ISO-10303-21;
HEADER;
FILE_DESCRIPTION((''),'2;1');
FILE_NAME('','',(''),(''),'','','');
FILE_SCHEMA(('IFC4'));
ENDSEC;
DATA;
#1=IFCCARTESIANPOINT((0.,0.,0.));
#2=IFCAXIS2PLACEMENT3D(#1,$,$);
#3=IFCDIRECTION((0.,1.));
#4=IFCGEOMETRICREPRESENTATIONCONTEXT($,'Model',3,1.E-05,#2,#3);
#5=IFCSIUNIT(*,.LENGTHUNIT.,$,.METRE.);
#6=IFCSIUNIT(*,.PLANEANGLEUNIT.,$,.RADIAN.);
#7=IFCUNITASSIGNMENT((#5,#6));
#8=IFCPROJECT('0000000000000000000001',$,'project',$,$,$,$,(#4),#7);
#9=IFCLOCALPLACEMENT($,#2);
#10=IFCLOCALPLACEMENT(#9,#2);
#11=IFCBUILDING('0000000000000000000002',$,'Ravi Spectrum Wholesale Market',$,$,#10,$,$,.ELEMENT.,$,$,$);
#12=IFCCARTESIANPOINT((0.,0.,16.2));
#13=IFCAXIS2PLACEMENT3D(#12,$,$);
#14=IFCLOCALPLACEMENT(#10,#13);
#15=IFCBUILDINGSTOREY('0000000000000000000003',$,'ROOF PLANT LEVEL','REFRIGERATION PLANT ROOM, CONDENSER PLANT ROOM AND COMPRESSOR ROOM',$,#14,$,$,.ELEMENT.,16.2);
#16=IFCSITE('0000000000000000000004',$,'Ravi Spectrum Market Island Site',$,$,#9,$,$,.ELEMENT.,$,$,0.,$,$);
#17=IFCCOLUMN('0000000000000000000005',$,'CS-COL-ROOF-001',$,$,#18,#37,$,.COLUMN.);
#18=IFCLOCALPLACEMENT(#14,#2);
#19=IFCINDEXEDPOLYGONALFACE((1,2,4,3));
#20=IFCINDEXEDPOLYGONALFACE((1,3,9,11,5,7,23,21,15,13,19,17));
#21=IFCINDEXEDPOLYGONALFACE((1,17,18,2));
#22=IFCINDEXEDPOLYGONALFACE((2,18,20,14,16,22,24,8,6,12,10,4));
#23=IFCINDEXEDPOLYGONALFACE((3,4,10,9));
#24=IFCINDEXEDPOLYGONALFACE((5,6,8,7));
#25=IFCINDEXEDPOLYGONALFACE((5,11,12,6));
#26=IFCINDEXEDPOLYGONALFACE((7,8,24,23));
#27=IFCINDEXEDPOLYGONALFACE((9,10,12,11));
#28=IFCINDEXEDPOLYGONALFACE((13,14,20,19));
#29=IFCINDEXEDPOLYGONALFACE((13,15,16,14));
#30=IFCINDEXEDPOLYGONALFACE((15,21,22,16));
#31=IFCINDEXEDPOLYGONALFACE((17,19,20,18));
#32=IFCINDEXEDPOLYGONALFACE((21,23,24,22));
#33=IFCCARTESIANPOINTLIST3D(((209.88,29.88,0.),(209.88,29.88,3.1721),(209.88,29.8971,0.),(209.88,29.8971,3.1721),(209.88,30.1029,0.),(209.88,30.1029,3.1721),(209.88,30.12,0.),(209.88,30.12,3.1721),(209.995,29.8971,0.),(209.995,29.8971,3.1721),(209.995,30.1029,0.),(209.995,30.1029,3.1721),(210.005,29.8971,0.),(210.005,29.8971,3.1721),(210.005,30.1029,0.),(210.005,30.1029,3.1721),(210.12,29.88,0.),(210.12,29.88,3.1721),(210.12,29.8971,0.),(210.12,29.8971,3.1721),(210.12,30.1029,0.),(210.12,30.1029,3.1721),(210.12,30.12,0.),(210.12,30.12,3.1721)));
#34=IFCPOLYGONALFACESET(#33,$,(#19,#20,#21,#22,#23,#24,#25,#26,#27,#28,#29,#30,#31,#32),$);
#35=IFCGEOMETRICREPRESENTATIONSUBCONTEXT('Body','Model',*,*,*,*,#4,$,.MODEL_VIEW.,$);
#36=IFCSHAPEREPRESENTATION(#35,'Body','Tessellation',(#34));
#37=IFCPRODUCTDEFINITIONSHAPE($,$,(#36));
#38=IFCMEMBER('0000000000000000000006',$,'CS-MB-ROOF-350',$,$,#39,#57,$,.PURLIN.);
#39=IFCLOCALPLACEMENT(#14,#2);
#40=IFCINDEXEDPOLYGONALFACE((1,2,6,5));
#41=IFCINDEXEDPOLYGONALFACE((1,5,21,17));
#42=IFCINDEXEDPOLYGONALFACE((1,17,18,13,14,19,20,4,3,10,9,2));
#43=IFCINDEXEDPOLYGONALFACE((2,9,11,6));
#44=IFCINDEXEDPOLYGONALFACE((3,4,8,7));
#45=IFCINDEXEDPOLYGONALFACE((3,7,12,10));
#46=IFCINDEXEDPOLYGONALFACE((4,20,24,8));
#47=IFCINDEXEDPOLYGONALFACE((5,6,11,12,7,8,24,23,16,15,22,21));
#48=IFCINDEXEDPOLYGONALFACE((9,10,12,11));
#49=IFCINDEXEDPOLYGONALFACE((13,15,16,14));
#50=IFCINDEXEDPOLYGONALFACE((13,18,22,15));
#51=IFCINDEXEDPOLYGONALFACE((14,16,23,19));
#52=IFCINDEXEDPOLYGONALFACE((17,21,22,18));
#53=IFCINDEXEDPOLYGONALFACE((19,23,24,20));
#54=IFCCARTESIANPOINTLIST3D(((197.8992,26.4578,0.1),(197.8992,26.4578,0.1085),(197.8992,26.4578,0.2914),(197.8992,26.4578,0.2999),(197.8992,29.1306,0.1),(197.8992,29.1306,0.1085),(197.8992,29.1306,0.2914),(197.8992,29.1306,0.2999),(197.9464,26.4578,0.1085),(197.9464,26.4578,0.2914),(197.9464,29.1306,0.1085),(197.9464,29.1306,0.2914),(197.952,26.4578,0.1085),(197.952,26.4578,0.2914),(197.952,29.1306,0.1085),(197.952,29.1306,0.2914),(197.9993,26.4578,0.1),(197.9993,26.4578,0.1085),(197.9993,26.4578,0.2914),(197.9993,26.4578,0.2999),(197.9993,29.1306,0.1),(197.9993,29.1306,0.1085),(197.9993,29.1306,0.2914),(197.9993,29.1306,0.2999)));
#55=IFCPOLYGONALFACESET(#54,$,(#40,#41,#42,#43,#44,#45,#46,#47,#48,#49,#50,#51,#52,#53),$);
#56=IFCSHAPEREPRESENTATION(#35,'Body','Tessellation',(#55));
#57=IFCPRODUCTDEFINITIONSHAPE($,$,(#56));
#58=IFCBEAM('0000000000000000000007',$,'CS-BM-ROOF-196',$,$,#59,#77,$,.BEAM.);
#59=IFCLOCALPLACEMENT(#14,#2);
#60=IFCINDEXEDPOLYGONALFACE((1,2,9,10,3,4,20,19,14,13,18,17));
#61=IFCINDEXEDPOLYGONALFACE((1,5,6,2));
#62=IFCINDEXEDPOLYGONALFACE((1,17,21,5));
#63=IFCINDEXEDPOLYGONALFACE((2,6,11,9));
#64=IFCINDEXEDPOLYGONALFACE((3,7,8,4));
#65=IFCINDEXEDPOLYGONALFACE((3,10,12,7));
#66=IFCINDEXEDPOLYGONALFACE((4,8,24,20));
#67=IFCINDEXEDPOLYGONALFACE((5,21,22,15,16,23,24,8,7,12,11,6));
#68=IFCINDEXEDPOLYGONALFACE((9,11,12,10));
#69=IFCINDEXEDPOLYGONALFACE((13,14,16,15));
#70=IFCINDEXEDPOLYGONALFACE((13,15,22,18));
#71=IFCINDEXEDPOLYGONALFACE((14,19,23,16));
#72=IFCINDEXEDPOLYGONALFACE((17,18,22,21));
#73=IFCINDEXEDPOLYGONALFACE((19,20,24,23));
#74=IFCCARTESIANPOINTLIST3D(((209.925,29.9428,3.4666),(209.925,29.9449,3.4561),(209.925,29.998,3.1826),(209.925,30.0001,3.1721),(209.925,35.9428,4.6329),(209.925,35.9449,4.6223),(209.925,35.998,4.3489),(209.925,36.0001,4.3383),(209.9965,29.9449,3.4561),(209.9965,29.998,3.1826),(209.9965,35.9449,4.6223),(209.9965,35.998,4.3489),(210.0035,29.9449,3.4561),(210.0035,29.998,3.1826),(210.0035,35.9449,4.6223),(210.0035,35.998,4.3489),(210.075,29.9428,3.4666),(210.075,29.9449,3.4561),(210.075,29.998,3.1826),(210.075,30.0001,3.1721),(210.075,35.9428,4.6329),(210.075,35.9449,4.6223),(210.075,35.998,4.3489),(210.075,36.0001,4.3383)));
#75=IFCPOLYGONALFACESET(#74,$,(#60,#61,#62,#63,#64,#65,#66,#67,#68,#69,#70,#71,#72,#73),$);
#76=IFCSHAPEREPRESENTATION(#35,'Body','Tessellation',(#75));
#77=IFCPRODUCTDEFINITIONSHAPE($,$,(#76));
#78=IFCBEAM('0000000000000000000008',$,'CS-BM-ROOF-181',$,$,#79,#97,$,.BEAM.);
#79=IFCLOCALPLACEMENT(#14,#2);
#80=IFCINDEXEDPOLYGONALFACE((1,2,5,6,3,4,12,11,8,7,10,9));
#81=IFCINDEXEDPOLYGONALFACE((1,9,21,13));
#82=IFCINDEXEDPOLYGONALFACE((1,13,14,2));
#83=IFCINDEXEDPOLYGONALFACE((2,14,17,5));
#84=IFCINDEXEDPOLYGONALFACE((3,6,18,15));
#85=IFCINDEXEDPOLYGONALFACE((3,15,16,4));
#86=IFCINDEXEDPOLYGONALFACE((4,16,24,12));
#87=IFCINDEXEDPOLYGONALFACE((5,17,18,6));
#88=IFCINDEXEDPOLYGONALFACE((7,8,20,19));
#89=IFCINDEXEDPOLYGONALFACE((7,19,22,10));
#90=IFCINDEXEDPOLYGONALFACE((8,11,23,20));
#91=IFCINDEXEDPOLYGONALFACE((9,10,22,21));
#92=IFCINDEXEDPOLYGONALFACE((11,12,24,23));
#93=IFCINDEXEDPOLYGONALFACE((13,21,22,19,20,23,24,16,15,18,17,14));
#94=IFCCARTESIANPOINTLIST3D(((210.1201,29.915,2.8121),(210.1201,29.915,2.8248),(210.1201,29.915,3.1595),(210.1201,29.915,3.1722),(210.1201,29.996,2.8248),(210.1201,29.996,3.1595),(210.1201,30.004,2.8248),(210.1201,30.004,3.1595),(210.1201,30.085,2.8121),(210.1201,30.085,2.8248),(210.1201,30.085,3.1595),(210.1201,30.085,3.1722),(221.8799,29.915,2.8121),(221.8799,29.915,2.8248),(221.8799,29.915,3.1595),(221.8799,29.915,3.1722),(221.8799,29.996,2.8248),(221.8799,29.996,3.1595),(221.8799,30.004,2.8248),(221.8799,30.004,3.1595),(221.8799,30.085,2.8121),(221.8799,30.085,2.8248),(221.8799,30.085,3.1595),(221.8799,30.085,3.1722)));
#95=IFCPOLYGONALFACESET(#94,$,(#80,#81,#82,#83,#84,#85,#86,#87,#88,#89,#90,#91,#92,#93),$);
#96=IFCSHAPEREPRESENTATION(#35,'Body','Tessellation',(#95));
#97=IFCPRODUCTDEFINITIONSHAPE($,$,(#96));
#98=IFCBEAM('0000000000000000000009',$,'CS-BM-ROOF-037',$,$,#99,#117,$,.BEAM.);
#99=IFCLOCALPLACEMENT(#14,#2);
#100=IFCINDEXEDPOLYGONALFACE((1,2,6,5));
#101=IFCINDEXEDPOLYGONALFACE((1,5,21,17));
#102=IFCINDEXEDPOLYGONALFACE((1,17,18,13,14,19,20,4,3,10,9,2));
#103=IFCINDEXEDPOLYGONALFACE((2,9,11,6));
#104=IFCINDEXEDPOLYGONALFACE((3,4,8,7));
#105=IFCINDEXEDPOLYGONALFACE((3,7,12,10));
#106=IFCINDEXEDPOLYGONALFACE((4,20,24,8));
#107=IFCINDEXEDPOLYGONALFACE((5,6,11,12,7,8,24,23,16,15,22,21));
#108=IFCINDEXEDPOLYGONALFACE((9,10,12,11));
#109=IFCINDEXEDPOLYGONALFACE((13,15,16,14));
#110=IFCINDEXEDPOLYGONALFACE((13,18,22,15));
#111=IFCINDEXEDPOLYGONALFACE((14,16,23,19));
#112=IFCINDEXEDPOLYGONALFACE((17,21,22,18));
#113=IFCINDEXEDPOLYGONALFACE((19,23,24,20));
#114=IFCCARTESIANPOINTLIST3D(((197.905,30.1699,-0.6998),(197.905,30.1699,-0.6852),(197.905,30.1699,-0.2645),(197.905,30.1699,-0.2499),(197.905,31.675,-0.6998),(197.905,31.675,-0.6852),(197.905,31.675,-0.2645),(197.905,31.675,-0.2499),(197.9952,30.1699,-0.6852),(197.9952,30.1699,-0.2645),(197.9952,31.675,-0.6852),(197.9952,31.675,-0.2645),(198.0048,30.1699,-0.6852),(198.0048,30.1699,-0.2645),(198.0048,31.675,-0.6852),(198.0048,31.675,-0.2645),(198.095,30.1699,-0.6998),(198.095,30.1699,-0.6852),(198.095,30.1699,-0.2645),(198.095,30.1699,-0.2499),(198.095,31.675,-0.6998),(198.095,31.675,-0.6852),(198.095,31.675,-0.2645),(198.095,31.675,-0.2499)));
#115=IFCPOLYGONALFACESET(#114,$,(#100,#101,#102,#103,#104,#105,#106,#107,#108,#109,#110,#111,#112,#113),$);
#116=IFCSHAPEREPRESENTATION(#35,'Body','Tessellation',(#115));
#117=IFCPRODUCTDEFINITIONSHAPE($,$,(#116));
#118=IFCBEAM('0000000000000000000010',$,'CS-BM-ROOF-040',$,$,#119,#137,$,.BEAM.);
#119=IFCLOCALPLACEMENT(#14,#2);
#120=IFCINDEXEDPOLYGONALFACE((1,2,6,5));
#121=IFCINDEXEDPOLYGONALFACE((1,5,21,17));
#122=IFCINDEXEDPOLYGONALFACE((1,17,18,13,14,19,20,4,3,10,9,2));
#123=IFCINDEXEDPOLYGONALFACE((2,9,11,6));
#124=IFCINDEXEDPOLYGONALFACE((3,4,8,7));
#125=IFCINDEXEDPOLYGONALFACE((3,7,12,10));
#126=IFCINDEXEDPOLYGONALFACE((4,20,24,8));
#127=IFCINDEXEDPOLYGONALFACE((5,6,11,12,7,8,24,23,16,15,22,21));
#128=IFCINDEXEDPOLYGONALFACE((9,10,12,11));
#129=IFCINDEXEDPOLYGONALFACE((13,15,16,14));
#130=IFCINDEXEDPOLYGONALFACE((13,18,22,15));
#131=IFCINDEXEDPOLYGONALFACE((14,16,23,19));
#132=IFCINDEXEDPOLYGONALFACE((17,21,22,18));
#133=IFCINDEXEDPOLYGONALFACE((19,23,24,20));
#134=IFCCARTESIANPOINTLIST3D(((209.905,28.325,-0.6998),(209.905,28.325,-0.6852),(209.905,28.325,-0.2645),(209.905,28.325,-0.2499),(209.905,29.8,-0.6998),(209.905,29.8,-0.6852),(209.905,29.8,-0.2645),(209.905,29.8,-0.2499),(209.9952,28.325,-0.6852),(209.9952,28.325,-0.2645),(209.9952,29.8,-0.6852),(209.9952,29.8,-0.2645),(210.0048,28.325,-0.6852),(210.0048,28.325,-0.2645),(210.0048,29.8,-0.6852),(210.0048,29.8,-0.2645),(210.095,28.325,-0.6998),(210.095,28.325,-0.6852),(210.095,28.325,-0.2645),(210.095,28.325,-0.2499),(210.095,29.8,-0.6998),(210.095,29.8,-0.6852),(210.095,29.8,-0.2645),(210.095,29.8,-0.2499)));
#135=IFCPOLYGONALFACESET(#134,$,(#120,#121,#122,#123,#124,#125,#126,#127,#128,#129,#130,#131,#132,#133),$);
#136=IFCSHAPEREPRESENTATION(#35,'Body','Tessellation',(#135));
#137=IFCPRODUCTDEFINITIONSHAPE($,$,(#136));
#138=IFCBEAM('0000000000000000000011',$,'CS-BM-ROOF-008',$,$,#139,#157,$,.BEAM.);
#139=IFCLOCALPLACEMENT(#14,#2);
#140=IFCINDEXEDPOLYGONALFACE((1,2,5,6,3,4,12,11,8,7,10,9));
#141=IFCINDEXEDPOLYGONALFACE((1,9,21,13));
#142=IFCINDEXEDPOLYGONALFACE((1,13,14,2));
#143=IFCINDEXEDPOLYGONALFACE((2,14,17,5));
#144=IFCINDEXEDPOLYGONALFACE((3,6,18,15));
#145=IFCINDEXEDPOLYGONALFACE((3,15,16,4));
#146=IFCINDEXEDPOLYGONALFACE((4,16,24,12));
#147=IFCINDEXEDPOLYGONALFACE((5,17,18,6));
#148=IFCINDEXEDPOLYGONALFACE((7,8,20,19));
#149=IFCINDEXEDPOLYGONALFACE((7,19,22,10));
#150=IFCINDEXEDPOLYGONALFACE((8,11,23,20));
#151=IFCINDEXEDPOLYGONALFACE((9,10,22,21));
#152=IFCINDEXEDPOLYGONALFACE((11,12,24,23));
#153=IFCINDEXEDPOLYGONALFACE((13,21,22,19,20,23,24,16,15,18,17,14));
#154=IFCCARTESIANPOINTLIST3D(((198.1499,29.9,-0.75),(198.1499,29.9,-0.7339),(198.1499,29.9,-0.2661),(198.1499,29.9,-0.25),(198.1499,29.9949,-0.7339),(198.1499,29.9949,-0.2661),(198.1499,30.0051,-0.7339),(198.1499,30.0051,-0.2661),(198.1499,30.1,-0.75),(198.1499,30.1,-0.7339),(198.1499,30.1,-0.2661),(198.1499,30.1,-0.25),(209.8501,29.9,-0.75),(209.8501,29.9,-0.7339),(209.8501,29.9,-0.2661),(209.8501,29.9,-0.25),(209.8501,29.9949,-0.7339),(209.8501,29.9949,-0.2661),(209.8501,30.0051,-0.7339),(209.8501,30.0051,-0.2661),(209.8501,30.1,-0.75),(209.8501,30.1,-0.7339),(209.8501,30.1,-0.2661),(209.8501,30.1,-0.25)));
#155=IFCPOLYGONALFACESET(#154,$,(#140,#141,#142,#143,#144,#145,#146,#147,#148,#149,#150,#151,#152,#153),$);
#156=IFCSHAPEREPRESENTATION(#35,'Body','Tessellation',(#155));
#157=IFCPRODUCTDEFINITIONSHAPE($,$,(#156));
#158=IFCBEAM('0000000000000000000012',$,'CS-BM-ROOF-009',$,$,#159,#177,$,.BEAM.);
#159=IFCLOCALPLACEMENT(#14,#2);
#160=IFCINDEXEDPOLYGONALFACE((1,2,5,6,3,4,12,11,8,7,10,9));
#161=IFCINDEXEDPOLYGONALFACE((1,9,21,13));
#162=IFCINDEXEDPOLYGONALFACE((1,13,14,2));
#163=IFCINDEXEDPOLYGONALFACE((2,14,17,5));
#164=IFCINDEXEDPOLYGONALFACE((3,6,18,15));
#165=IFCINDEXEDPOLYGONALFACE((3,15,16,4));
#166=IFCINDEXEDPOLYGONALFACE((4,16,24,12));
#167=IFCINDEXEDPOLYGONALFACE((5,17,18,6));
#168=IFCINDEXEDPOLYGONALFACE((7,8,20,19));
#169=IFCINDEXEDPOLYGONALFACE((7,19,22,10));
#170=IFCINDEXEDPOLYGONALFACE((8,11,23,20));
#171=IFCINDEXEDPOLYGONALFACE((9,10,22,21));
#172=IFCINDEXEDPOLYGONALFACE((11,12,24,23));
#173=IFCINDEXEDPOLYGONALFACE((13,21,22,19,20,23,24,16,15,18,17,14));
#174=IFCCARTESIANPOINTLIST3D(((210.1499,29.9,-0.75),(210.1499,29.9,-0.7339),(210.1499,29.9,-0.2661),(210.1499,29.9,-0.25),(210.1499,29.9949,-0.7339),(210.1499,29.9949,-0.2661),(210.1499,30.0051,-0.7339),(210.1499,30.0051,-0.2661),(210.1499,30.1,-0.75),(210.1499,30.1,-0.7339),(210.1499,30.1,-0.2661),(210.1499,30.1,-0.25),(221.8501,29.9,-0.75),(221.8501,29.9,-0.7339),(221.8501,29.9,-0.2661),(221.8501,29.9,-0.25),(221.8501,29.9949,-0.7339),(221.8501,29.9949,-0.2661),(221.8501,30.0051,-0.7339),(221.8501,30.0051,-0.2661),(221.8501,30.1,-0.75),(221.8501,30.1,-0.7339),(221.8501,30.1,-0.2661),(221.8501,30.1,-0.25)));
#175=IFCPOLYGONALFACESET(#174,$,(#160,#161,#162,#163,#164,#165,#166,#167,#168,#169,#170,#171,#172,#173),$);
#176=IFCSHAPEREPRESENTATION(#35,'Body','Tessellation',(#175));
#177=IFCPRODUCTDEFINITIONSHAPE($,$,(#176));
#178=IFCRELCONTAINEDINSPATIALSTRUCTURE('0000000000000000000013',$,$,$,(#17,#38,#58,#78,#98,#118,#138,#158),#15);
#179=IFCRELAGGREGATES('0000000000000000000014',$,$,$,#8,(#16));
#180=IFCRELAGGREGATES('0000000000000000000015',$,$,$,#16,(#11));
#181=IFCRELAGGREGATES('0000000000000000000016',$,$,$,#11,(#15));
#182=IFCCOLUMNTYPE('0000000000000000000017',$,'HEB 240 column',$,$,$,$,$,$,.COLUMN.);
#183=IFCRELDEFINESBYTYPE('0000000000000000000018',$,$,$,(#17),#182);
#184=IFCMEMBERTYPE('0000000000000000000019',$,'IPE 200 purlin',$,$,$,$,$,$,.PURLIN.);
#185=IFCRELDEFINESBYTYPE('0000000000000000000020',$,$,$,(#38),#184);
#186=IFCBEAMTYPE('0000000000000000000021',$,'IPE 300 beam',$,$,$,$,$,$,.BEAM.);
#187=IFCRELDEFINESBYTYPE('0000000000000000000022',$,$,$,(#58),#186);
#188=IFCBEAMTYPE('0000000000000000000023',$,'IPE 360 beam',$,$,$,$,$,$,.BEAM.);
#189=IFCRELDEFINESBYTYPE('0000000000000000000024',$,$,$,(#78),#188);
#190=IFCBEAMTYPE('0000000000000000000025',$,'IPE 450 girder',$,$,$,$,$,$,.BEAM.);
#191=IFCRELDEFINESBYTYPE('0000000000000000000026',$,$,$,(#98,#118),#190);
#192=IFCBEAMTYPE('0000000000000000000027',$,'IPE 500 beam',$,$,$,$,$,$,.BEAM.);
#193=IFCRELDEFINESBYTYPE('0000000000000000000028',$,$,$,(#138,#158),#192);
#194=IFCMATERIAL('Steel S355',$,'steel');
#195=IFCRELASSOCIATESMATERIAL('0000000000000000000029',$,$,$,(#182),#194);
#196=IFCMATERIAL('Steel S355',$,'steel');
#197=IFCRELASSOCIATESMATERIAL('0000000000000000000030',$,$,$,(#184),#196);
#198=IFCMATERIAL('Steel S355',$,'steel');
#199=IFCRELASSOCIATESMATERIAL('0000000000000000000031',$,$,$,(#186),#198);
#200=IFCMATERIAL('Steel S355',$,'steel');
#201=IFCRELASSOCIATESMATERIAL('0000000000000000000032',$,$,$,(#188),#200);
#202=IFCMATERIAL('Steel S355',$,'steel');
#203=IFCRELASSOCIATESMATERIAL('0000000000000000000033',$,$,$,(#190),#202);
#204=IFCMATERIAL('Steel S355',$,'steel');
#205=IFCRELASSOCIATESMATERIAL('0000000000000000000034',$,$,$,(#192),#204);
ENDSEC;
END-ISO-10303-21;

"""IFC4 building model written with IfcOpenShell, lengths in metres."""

from ifc_helpers import new_model, si_unit, direction, frame, origin, origin_2d, place, context, subcontext, project, spatial, i_section, extrude, material, material_profile, profile_set, type_object, element, save


model = new_model("IFC4")

# Units and contexts
model_context = context("Model", 3, precision=1e-05, world=origin(), true_north=direction((0.0, 1.0)))
body_context = subcontext(model_context, "Body", "Model", "MODEL_VIEW")
ifc_project = project(units=[si_unit("LENGTHUNIT", "METRE"), si_unit("PLANEANGLEUNIT", "RADIAN")], contexts=[model_context])

# Site, building, storey
site_placement = place(None, origin())
site = spatial("IfcSite", under=ifc_project, at=site_placement, Name="Ravi Spectrum Market Island Site", CompositionType="ELEMENT", RefElevation=0.0)
building_placement = place(site_placement, origin())
building = spatial("IfcBuilding", under=site, at=building_placement, Name="Ravi Spectrum Wholesale Market", CompositionType="ELEMENT")
storey_placement = place(building_placement, frame((0.0, 0.0, 16.2)))
storey = spatial("IfcBuildingStorey", under=building, at=storey_placement, Name="ROOF PLANT LEVEL", Description="REFRIGERATION PLANT ROOM, CONDENSER PLANT ROOM AND COMPRESSOR ROOM", CompositionType="ELEMENT", Elevation=16.2)

# Column
ifc_material_1 = material(Name="Steel S355", Category="steel")
ifc_material_profile_1 = material_profile(ifc_material_1, i_section(OverallWidth=0.24, OverallDepth=0.24, WebThickness=0.01, FlangeThickness=0.0171, at=origin_2d()))
ifc_profile_set_1 = profile_set([ifc_material_profile_1], Name="Steel S355")
column_type = type_object("IfcColumnType", Name="HEB 240 column", PredefinedType="COLUMN", material=ifc_profile_set_1)
column_placement = place(storey_placement, frame((210.0, 30.0, 0.0), z_axis=(0.0, 0.0, 1.0), x_axis=(1.0, 0.0, 0.0)))
element("IfcColumn", 1, at=column_placement, inside=storey, type_object=column_type, Name="CS-COL-ROOF-001", PredefinedType="COLUMN", context=body_context, shape_type="SweptSolid", body=[
    extrude(i_section(OverallWidth=0.24, OverallDepth=0.24, WebThickness=0.01, FlangeThickness=0.0171, at=origin_2d()), origin(), (0.0, 0.0, 1.0), 3.1721),
])

# Member
ifc_material_2 = material(Name="Steel S355", Category="steel")
ifc_material_profile_2 = material_profile(ifc_material_2, i_section(OverallWidth=0.1001, OverallDepth=0.2, WebThickness=0.0056, FlangeThickness=0.0085, at=origin_2d()))
ifc_profile_set_2 = profile_set([ifc_material_profile_2], Name="Steel S355")
member_type_1 = type_object("IfcMemberType", Name="IPE 200 purlin", PredefinedType="PURLIN", material=ifc_profile_set_2)
member_1_placement = place(storey_placement, frame((197.9492, 29.1306, 0.2), z_axis=(0.0, -1.0, 0.0), x_axis=(1.0, 0.0, 0.0)))
element("IfcMember", 2, at=member_1_placement, inside=storey, type_object=member_type_1, Name="CS-MB-ROOF-350", PredefinedType="PURLIN", context=body_context, shape_type="SweptSolid", body=[
    extrude(i_section(OverallWidth=0.1001, OverallDepth=0.2, WebThickness=0.0056, FlangeThickness=0.0085, at=origin_2d()), origin(), (0.0, 0.0, 1.0), 2.6729),
])

# Beams
ifc_material_3 = material(Name="Steel S355", Category="steel")
ifc_material_profile_3 = material_profile(ifc_material_3, i_section(OverallWidth=0.1499, OverallDepth=0.3, WebThickness=0.0071, FlangeThickness=0.0107, at=origin_2d()))
ifc_profile_set_3 = profile_set([ifc_material_profile_3], Name="Steel S355")
beam_type_1 = type_object("IfcBeamType", Name="IPE 300 beam", PredefinedType="BEAM", material=ifc_profile_set_3)
beam_1_placement = place(storey_placement, frame((210.0, 29.9714, 3.3193), z_axis=(0.0, 0.981628, 0.190806), x_axis=(-1.0, 0.0, 0.0)))
element("IfcBeam", 3, at=beam_1_placement, inside=storey, type_object=beam_type_1, Name="CS-BM-ROOF-196", PredefinedType="BEAM", context=body_context, shape_type="SweptSolid", body=[
    extrude(i_section(OverallWidth=0.1499, OverallDepth=0.3, WebThickness=0.0071, FlangeThickness=0.0107, at=origin_2d()), origin(), (0.0, 0.0, 1.0), 6.1123),
])
ifc_material_4 = material(Name="Steel S355", Category="steel")
ifc_material_profile_4 = material_profile(ifc_material_4, i_section(OverallWidth=0.1699, OverallDepth=0.3601, WebThickness=0.0081, FlangeThickness=0.0127, at=origin_2d()))
ifc_profile_set_4 = profile_set([ifc_material_profile_4], Name="Steel S355")
beam_type_2 = type_object("IfcBeamType", Name="IPE 360 beam", PredefinedType="BEAM", material=ifc_profile_set_4)
beam_2_placement = place(storey_placement, frame((210.1201, 30.0, 2.9922), z_axis=(1.0, 0.0, 0.0), x_axis=(0.0, 1.0, 0.0)))
element("IfcBeam", 4, at=beam_2_placement, inside=storey, type_object=beam_type_2, Name="CS-BM-ROOF-181", PredefinedType="BEAM", context=body_context, shape_type="SweptSolid", body=[
    extrude(i_section(OverallWidth=0.1699, OverallDepth=0.3601, WebThickness=0.0081, FlangeThickness=0.0127, at=origin_2d()), origin(), (0.0, 0.0, 1.0), 11.7598),
])
ifc_material_5 = material(Name="Steel S355", Category="steel")
ifc_material_profile_5 = material_profile(ifc_material_5, i_section(OverallWidth=0.1899, OverallDepth=0.45, WebThickness=0.0095, FlangeThickness=0.0146, at=origin_2d()))
ifc_profile_set_5 = profile_set([ifc_material_profile_5], Name="Steel S355")
beam_type_3 = type_object("IfcBeamType", Name="IPE 450 girder", PredefinedType="BEAM", material=ifc_profile_set_5)
beam_3_placement = place(storey_placement, frame((198.0, 30.1699, -0.4749), z_axis=(0.0, 1.0, 0.0), x_axis=(-1.0, 0.0, 0.0)))
element("IfcBeam", 5, at=beam_3_placement, inside=storey, type_object=beam_type_3, Name="CS-BM-ROOF-037", PredefinedType="BEAM", context=body_context, shape_type="SweptSolid", body=[
    extrude(i_section(OverallWidth=0.1899, OverallDepth=0.45, WebThickness=0.0095, FlangeThickness=0.0146, at=origin_2d()), origin(), (0.0, 0.0, 1.0), 1.5051),
])
beam_4_placement = place(storey_placement, frame((210.0, 28.325, -0.4749), z_axis=(0.0, 1.0, 0.0), x_axis=(-1.0, 0.0, 0.0)))
element("IfcBeam", 6, at=beam_4_placement, inside=storey, type_object=beam_type_3, Name="CS-BM-ROOF-040", PredefinedType="BEAM", context=body_context, shape_type="SweptSolid", body=[
    extrude(i_section(OverallWidth=0.1899, OverallDepth=0.45, WebThickness=0.0095, FlangeThickness=0.0146, at=origin_2d()), origin(), (0.0, 0.0, 1.0), 1.4751),
])
ifc_material_6 = material(Name="Steel S355", Category="steel")
ifc_material_profile_6 = material_profile(ifc_material_6, i_section(OverallWidth=0.2, OverallDepth=0.5, WebThickness=0.0103, FlangeThickness=0.0161, at=origin_2d()))
ifc_profile_set_6 = profile_set([ifc_material_profile_6], Name="Steel S355")
beam_type_4 = type_object("IfcBeamType", Name="IPE 500 beam", PredefinedType="BEAM", material=ifc_profile_set_6)
for number, where, z_axis, x_axis, name in (
    (7, (198.1499, 30.0, -0.5), (1.0, 0.0, 0.0), (0.0, 1.0, 0.0), "CS-BM-ROOF-008"),
    (8, (210.1499, 30.0, -0.5), (1.0, 0.0, 0.0), (0.0, 1.0, 0.0), "CS-BM-ROOF-009"),
):
    element("IfcBeam", number, at=place(storey_placement, frame(where, z_axis=z_axis, x_axis=x_axis)), inside=storey, type_object=beam_type_4, Name=name, PredefinedType="BEAM", context=body_context, shape_type="SweptSolid", body=[
        extrude(i_section(OverallWidth=0.2, OverallDepth=0.5, WebThickness=0.0103, FlangeThickness=0.0161, at=origin_2d()), origin(), (0.0, 0.0, 1.0), 11.7002),
    ])

save(model, "model.ifc")
